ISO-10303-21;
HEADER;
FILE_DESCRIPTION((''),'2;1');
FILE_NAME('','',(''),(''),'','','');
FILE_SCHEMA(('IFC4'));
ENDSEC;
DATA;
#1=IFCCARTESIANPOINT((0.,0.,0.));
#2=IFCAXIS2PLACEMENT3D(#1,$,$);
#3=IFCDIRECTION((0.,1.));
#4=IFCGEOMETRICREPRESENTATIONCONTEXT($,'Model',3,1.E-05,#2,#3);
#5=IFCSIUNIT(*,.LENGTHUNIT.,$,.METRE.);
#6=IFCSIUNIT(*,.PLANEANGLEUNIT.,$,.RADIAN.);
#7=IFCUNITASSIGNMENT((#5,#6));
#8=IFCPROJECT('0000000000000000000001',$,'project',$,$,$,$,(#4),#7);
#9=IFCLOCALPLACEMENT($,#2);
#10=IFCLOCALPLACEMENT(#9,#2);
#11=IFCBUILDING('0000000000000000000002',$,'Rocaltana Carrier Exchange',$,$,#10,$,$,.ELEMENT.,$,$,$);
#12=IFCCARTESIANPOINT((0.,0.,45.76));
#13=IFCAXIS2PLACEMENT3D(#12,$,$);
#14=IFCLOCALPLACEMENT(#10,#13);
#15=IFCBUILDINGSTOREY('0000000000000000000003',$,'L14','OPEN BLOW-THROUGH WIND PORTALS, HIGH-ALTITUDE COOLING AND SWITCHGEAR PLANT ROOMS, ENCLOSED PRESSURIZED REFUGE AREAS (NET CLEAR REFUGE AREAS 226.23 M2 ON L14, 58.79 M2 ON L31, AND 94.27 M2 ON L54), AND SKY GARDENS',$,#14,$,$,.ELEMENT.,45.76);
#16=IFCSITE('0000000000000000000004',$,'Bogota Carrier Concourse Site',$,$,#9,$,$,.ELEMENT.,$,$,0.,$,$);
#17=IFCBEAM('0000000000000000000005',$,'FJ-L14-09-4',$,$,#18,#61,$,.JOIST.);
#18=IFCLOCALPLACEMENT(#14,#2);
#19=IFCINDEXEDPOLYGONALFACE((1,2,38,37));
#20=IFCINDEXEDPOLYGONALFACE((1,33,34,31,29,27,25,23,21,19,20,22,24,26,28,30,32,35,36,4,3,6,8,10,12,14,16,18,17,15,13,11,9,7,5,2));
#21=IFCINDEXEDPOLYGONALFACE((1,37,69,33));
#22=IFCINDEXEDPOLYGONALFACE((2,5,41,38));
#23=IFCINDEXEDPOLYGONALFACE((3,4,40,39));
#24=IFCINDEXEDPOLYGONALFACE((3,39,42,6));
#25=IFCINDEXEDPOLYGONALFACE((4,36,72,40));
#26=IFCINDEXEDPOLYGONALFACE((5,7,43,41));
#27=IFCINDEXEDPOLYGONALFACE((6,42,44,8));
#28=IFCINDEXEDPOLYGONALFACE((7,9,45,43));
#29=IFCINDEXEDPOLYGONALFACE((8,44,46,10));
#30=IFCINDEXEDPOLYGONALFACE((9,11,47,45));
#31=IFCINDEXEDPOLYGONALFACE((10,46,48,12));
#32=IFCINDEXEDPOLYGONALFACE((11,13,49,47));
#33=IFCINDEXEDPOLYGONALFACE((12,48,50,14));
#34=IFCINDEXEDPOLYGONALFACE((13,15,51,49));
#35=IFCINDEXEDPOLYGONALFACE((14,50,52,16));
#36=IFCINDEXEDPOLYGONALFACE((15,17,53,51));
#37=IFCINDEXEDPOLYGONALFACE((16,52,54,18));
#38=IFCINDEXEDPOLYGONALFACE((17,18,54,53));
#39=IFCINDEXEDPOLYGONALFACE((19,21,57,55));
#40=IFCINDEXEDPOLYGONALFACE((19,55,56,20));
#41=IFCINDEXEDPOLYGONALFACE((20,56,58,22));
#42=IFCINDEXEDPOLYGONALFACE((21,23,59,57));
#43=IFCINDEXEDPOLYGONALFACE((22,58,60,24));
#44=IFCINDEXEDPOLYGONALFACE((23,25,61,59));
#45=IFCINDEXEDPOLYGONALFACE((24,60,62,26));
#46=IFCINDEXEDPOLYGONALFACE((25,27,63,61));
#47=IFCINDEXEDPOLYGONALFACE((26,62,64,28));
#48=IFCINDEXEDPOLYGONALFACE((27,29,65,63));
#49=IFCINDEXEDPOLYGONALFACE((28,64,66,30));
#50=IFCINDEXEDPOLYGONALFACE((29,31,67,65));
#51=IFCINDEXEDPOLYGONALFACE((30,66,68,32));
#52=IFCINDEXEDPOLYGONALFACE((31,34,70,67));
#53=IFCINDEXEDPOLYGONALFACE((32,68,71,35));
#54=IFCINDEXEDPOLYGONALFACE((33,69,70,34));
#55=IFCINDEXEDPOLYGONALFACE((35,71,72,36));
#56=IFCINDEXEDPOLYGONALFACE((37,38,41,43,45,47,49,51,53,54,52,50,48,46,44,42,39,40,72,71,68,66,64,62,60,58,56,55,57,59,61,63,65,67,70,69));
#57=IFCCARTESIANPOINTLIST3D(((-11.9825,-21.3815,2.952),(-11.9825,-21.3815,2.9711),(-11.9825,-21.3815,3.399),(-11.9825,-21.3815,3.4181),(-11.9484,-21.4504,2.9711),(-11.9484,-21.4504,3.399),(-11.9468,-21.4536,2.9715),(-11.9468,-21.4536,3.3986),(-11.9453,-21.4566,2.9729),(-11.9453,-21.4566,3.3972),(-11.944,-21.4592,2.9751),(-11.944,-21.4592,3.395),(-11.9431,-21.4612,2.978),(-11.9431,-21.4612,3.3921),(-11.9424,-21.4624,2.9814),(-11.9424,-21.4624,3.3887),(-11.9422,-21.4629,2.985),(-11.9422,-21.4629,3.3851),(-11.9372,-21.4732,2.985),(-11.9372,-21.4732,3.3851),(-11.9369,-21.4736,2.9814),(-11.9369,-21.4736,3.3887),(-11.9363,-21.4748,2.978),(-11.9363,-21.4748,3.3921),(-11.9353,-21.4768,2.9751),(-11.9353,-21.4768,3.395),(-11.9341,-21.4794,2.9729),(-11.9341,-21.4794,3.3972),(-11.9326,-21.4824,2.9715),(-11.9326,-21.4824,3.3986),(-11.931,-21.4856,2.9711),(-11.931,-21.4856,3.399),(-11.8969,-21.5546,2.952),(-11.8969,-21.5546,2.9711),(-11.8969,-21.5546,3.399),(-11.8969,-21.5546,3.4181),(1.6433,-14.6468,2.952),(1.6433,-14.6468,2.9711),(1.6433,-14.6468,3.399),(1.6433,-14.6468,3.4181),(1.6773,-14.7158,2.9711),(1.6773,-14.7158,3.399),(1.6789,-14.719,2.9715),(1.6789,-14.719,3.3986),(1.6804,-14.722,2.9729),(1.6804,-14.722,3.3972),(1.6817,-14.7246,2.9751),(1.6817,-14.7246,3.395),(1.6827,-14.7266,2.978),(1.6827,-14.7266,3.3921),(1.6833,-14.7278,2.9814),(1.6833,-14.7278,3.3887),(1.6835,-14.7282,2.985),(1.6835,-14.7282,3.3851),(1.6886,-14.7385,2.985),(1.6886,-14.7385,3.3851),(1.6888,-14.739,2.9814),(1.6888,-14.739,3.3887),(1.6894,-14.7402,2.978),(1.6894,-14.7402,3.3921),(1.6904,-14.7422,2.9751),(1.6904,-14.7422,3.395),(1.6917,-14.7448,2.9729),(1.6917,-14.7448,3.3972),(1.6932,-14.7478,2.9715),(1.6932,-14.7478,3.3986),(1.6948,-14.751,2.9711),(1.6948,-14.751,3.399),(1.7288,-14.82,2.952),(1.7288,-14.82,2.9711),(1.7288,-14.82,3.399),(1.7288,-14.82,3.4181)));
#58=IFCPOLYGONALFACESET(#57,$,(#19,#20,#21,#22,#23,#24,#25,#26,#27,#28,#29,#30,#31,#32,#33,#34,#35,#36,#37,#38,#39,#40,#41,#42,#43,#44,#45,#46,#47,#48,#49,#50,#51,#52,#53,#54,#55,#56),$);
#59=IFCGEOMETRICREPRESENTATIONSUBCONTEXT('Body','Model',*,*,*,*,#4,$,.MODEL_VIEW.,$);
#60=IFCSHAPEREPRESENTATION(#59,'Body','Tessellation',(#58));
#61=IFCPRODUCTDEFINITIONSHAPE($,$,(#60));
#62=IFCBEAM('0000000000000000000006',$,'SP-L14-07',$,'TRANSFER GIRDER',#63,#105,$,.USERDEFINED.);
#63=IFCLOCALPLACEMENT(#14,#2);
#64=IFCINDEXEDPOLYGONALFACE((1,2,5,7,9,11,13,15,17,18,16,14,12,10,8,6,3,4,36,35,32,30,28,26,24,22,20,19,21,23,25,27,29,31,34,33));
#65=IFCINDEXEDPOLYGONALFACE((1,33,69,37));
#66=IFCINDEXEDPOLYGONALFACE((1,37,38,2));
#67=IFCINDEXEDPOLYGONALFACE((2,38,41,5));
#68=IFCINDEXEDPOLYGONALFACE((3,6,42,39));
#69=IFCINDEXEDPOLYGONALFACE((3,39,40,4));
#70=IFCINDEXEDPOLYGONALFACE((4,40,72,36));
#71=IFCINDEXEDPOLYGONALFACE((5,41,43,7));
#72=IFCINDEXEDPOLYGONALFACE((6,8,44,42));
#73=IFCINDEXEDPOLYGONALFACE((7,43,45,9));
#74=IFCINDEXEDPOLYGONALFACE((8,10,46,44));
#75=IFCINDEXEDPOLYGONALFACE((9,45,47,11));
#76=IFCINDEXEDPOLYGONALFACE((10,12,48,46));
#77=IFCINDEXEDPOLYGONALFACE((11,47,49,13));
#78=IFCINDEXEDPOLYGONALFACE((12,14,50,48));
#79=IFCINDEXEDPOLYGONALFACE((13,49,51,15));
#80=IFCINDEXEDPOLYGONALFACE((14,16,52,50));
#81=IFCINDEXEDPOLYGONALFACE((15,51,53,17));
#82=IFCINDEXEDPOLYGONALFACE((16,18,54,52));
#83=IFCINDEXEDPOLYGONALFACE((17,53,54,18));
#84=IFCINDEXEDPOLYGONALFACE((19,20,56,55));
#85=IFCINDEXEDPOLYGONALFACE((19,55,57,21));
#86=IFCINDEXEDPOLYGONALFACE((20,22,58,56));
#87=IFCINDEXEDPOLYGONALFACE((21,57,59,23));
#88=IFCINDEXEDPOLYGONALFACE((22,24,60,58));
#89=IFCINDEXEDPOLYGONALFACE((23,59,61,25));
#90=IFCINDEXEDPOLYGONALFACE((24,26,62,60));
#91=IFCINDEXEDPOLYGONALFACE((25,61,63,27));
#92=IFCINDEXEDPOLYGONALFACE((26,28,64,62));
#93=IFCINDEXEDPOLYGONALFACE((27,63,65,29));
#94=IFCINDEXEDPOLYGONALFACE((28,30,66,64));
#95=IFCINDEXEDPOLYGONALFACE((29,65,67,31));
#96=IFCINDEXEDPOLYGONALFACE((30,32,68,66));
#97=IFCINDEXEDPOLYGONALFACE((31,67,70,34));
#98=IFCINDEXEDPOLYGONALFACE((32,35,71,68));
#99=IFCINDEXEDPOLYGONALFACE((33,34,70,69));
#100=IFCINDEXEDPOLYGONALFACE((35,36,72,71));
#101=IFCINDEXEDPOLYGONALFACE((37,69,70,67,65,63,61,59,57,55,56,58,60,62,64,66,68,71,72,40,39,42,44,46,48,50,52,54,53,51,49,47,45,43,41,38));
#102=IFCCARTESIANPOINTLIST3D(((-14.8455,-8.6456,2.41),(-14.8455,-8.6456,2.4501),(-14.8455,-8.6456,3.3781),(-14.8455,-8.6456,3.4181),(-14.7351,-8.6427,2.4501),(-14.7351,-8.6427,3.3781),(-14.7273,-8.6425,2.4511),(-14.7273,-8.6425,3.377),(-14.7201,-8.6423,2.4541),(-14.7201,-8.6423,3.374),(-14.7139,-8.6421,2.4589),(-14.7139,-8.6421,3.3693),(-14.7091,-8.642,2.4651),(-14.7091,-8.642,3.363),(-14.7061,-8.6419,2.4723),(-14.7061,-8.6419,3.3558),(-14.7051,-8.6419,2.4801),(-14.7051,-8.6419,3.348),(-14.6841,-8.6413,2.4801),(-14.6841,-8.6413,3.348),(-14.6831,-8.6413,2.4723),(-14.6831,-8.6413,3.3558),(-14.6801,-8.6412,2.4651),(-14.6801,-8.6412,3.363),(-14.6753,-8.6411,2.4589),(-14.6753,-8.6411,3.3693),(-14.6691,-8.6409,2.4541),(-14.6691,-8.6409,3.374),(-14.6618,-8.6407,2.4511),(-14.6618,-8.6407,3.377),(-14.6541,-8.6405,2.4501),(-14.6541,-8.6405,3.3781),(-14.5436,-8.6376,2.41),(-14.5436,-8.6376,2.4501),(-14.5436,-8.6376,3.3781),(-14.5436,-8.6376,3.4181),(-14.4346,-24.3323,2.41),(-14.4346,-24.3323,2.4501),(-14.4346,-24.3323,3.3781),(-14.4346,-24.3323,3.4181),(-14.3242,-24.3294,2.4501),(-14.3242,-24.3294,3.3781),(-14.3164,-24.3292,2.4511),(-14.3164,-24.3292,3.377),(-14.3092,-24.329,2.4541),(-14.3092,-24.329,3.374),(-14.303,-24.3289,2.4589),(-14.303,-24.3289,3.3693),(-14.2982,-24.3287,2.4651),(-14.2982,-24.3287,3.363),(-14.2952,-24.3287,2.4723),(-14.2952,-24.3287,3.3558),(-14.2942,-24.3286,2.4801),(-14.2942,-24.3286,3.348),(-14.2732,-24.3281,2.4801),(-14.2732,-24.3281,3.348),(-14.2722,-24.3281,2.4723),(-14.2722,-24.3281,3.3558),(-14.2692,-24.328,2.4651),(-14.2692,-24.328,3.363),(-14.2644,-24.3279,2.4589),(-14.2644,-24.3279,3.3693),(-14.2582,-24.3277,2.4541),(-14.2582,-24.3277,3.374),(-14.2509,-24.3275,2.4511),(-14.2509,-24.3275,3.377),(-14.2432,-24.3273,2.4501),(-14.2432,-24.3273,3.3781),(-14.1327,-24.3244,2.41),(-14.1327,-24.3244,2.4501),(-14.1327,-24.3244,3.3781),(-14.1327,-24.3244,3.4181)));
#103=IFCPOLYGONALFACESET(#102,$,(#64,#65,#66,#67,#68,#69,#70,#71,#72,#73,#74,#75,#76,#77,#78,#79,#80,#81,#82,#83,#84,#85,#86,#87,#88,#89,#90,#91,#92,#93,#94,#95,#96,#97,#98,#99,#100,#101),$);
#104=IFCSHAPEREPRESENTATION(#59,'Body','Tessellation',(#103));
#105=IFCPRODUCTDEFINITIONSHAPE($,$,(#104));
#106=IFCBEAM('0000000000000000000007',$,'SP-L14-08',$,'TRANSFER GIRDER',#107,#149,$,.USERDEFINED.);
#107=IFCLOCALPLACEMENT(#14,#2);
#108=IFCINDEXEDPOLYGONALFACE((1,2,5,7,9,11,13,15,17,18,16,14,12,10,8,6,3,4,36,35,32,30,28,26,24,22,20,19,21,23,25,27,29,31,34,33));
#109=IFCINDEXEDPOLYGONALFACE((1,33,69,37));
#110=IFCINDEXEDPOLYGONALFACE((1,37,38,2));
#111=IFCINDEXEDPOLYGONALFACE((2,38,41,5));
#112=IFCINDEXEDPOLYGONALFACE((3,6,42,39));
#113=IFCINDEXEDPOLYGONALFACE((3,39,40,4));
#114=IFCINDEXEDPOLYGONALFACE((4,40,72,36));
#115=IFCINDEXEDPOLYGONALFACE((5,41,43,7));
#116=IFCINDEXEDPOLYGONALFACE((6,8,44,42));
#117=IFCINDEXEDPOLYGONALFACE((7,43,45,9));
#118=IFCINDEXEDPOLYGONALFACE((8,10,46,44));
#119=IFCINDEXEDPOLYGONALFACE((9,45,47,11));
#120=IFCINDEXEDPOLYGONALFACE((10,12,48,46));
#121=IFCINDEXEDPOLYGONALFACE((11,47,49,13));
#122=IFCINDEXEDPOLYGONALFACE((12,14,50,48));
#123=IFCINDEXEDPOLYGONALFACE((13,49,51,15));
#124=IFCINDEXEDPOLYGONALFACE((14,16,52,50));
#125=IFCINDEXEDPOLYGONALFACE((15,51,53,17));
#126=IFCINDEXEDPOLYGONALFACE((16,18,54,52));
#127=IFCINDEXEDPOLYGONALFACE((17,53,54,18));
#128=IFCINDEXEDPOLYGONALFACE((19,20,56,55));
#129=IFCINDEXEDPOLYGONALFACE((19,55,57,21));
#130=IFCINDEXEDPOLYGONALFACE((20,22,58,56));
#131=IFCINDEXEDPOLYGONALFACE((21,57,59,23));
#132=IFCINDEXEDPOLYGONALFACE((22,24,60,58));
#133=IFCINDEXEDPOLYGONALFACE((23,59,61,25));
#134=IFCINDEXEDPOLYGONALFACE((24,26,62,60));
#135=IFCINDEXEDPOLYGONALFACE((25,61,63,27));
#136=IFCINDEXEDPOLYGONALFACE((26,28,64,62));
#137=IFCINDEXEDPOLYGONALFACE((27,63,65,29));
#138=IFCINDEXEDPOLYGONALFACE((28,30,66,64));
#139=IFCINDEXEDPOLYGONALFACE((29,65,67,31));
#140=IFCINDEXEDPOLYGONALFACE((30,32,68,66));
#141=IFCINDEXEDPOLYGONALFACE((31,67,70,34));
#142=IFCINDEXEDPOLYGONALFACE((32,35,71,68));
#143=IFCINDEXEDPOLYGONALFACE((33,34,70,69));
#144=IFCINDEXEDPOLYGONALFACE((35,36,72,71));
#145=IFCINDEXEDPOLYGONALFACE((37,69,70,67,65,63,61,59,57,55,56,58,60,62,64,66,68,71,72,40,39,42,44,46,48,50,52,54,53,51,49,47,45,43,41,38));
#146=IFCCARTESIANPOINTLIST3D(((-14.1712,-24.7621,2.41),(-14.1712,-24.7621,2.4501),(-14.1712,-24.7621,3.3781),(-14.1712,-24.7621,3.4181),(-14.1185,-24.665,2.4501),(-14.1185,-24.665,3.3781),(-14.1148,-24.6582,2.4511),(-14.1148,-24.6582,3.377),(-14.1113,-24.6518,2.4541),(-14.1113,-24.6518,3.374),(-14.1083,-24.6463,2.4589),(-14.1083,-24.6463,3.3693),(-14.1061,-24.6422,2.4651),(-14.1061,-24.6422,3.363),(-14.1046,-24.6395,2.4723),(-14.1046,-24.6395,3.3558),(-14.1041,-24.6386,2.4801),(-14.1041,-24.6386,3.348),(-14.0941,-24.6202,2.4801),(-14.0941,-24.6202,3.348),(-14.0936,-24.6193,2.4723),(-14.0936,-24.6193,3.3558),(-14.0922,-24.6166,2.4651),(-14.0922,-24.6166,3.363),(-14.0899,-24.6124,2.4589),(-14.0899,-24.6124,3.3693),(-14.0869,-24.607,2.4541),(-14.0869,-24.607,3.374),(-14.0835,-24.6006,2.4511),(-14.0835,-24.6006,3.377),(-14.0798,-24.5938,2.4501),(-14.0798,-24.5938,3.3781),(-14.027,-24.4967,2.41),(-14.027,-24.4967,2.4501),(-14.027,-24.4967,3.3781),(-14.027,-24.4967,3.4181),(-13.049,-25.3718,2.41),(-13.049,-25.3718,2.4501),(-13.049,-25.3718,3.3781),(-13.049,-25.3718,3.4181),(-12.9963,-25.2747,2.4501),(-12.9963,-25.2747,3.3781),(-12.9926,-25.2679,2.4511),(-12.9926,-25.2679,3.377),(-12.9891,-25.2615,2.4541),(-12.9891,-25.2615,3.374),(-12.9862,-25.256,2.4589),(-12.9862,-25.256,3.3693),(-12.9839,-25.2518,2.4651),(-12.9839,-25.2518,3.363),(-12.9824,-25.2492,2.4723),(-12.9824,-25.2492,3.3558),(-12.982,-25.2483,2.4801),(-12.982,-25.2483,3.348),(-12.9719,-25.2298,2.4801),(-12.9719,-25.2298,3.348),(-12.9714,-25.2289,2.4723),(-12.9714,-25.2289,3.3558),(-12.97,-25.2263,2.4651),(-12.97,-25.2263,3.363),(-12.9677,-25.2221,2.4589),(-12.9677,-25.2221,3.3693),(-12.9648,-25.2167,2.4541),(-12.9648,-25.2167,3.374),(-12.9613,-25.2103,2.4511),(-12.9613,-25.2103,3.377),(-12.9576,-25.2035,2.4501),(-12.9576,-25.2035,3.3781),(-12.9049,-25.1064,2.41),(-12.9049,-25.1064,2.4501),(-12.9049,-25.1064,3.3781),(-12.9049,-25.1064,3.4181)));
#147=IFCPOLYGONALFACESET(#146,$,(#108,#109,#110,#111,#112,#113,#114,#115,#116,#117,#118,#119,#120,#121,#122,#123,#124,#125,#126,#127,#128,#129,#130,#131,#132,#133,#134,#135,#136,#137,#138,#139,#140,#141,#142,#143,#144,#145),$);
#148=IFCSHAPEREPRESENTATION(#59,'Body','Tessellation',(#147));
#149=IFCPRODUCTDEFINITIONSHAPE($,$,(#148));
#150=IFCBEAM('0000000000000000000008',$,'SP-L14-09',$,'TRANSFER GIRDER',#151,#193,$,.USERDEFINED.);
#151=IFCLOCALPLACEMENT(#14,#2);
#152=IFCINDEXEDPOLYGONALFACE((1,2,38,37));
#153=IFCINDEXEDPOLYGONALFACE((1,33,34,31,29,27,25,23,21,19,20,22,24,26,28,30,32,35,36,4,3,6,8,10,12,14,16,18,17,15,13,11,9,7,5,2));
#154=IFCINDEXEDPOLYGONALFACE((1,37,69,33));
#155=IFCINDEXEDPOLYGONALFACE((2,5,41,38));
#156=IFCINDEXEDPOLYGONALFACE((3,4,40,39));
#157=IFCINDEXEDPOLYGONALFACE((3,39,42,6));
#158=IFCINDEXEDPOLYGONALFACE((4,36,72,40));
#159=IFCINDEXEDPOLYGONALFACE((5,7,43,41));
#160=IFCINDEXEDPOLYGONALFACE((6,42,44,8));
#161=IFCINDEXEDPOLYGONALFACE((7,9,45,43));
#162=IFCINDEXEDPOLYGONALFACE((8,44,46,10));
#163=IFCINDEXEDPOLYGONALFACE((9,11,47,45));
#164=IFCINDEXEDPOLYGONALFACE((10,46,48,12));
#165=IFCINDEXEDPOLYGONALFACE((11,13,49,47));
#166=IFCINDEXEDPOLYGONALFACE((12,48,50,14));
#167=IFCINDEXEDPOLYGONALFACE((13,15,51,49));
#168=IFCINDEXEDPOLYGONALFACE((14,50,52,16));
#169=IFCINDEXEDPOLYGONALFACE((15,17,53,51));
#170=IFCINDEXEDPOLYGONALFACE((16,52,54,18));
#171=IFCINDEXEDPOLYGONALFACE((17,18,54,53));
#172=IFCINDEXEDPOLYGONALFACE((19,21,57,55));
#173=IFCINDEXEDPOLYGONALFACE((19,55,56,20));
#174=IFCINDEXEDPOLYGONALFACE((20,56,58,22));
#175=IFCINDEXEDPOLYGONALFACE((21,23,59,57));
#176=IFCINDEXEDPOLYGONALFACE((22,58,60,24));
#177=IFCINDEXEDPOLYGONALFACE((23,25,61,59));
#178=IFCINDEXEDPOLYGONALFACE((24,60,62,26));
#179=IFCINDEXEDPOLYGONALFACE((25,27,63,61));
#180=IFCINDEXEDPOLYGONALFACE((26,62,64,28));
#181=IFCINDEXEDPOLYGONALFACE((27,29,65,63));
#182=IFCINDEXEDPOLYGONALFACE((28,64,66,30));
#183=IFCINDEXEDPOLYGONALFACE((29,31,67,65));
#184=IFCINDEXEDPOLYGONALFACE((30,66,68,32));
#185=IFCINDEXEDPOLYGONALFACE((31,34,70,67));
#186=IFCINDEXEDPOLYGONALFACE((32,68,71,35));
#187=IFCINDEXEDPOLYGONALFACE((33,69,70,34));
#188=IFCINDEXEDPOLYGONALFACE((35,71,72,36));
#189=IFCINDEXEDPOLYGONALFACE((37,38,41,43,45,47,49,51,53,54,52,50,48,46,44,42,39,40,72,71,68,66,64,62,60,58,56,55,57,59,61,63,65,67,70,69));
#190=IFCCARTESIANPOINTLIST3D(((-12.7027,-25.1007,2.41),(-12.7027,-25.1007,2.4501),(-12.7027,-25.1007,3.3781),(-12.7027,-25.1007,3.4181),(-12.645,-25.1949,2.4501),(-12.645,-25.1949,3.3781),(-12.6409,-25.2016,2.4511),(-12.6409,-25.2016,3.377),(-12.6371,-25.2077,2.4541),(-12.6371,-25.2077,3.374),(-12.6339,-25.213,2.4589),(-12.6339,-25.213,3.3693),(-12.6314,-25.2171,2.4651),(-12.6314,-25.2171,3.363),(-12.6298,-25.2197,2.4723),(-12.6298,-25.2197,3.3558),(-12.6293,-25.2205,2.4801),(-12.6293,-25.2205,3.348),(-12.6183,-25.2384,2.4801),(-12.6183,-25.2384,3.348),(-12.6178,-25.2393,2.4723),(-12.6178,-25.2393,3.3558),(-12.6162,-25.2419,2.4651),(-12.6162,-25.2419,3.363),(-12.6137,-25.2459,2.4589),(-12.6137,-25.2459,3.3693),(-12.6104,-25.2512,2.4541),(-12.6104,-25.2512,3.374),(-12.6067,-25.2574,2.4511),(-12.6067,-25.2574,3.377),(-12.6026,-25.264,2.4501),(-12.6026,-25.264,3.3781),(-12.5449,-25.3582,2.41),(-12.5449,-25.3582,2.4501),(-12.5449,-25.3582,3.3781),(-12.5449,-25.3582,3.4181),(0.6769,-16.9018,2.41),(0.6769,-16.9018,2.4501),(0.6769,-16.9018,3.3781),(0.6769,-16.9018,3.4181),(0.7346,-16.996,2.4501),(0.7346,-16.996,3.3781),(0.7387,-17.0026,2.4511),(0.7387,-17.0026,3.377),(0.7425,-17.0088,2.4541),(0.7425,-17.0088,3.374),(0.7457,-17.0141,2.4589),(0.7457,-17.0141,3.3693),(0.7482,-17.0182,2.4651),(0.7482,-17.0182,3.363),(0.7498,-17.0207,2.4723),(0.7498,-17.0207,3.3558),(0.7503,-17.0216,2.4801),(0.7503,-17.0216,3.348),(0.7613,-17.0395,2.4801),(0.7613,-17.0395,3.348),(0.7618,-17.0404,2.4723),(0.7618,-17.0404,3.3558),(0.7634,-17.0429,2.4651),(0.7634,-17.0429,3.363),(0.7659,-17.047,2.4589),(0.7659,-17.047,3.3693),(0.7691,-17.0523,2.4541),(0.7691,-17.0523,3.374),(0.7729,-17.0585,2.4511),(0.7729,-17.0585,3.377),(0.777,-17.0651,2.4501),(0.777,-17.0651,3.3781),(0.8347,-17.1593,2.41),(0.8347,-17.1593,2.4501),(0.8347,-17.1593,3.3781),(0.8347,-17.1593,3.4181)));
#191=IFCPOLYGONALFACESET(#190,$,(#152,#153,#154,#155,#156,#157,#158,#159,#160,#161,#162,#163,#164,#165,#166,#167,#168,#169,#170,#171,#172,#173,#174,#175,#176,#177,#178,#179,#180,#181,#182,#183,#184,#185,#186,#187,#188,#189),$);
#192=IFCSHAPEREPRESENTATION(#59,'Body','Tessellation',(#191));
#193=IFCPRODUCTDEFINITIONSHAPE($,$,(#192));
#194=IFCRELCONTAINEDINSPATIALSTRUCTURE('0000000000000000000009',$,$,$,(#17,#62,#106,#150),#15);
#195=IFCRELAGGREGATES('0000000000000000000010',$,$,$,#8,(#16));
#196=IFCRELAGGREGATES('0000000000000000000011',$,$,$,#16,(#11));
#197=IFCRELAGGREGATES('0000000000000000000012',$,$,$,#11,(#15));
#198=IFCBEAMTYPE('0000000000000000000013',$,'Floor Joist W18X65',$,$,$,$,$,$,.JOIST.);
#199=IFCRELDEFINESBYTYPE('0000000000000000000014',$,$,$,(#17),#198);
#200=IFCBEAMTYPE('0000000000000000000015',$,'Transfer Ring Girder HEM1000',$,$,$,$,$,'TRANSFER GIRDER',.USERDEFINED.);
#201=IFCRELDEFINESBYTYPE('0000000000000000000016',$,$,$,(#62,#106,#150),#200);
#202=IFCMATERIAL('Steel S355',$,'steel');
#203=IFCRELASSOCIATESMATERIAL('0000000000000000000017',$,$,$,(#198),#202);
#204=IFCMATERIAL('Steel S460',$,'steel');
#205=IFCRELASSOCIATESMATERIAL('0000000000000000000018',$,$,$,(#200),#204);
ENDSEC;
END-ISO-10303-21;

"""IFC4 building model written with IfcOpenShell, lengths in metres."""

from ifc_helpers import new_model, si_unit, direction, frame, origin, origin_2d, place, context, subcontext, project, spatial, i_section, extrude, material, material_profile, profile_set, type_object, element, save


model = new_model("IFC4")

# Units and contexts
model_context = context("Model", 3, precision=1e-05, world=origin(), true_north=direction((0.0, 1.0)))
body_context = subcontext(model_context, "Body", "Model", "MODEL_VIEW")
ifc_project = project(units=[si_unit("LENGTHUNIT", "METRE"), si_unit("PLANEANGLEUNIT", "RADIAN")], contexts=[model_context])

# Site, building, storey
site_placement = place(None, origin())
site = spatial("IfcSite", under=ifc_project, at=site_placement, Name="Bogota Carrier Concourse Site", CompositionType="ELEMENT", RefElevation=0.0)
building_placement = place(site_placement, origin())
building = spatial("IfcBuilding", under=site, at=building_placement, Name="Rocaltana Carrier Exchange", CompositionType="ELEMENT")
storey_placement = place(building_placement, frame((0.0, 0.0, 45.76)))
storey = spatial("IfcBuildingStorey", under=building, at=storey_placement, Name="L14", Description="OPEN BLOW-THROUGH WIND PORTALS, HIGH-ALTITUDE COOLING AND SWITCHGEAR PLANT ROOMS, ENCLOSED PRESSURIZED REFUGE AREAS (NET CLEAR REFUGE AREAS 226.23 M2 ON L14, 58.79 M2 ON L31, AND 94.27 M2 ON L54), AND SKY GARDENS", CompositionType="ELEMENT", Elevation=45.76)

# Beams
ifc_material_1 = material(Name="Steel S355", Category="steel")
ifc_material_profile_1 = material_profile(ifc_material_1, i_section(OverallWidth=0.1931, OverallDepth=0.4661, WebThickness=0.0115, FlangeThickness=0.019, FilletRadius=0.0139, at=origin_2d()), Name="W18X65")
ifc_profile_set_1 = profile_set([ifc_material_profile_1], Name="Steel S355")
beam_type_1 = type_object("IfcBeamType", Name="Floor Joist W18X65", PredefinedType="JOIST", material=ifc_profile_set_1)
beam_1_placement = place(storey_placement, frame((-11.9397, -21.468, 3.1851), z_axis=(0.896477, 0.44309, 0.0), x_axis=(-0.44309, 0.896477, 0.0)))
element("IfcBeam", 1, at=beam_1_placement, inside=storey, type_object=beam_type_1, Name="FJ-L14-09-4", PredefinedType="JOIST", context=body_context, shape_type="SweptSolid", body=[
    extrude(i_section(OverallWidth=0.1931, OverallDepth=0.4661, WebThickness=0.0115, FlangeThickness=0.019, FilletRadius=0.0139, at=origin_2d()), origin(), (0.0, 0.0, 1.0), 15.1992),
])
ifc_material_2 = material(Name="Steel S460", Category="steel")
ifc_material_profile_2 = material_profile(ifc_material_2, i_section(OverallWidth=0.302, OverallDepth=1.0081, WebThickness=0.021, FlangeThickness=0.04, FilletRadius=0.03, at=origin_2d()), Name="HEM1000")
ifc_profile_set_2 = profile_set([ifc_material_profile_2], Name="Steel S460")
beam_type_2 = type_object("IfcBeamType", Name="Transfer Ring Girder HEM1000", ElementType="TRANSFER GIRDER", PredefinedType="USERDEFINED", material=ifc_profile_set_2)
beam_2_placement = place(storey_placement, frame((-14.6946, -8.6416, 2.9141), z_axis=(0.026184, -0.999657, 0.0), x_axis=(0.999657, 0.026184, 0.0)))
element("IfcBeam", 2, at=beam_2_placement, inside=storey, type_object=beam_type_2, Name="SP-L14-07", ObjectType="TRANSFER GIRDER", PredefinedType="USERDEFINED", context=body_context, shape_type="SweptSolid", body=[
    extrude(i_section(OverallWidth=0.302, OverallDepth=1.0081, WebThickness=0.021, FlangeThickness=0.04, FilletRadius=0.03, at=origin_2d()), origin(), (0.0, 0.0, 1.0), 15.6921),
])
beam_3_placement = place(storey_placement, frame((-14.0991, -24.6294, 2.9141), z_axis=(0.878691, -0.477391, 0.0), x_axis=(0.477391, 0.878691, 0.0)))
element("IfcBeam", 3, at=beam_3_placement, inside=storey, type_object=beam_type_2, Name="SP-L14-08", ObjectType="TRANSFER GIRDER", PredefinedType="USERDEFINED", context=body_context, shape_type="SweptSolid", body=[
    extrude(i_section(OverallWidth=0.302, OverallDepth=1.0081, WebThickness=0.021, FlangeThickness=0.04, FilletRadius=0.03, at=origin_2d()), origin(), (0.0, 0.0, 1.0), 1.2771),
])
beam_4_placement = place(storey_placement, frame((-12.6238, -25.2295, 2.9141), z_axis=(0.852642, 0.522495, 0.0), x_axis=(-0.522495, 0.852642, 0.0)))
element("IfcBeam", 4, at=beam_4_placement, inside=storey, type_object=beam_type_2, Name="SP-L14-09", ObjectType="TRANSFER GIRDER", PredefinedType="USERDEFINED", context=body_context, shape_type="SweptSolid", body=[
    extrude(i_section(OverallWidth=0.302, OverallDepth=1.0081, WebThickness=0.021, FlangeThickness=0.04, FilletRadius=0.03, at=origin_2d()), origin(), (0.0, 0.0, 1.0), 15.6919),
])

save(model, "model.ifc")
